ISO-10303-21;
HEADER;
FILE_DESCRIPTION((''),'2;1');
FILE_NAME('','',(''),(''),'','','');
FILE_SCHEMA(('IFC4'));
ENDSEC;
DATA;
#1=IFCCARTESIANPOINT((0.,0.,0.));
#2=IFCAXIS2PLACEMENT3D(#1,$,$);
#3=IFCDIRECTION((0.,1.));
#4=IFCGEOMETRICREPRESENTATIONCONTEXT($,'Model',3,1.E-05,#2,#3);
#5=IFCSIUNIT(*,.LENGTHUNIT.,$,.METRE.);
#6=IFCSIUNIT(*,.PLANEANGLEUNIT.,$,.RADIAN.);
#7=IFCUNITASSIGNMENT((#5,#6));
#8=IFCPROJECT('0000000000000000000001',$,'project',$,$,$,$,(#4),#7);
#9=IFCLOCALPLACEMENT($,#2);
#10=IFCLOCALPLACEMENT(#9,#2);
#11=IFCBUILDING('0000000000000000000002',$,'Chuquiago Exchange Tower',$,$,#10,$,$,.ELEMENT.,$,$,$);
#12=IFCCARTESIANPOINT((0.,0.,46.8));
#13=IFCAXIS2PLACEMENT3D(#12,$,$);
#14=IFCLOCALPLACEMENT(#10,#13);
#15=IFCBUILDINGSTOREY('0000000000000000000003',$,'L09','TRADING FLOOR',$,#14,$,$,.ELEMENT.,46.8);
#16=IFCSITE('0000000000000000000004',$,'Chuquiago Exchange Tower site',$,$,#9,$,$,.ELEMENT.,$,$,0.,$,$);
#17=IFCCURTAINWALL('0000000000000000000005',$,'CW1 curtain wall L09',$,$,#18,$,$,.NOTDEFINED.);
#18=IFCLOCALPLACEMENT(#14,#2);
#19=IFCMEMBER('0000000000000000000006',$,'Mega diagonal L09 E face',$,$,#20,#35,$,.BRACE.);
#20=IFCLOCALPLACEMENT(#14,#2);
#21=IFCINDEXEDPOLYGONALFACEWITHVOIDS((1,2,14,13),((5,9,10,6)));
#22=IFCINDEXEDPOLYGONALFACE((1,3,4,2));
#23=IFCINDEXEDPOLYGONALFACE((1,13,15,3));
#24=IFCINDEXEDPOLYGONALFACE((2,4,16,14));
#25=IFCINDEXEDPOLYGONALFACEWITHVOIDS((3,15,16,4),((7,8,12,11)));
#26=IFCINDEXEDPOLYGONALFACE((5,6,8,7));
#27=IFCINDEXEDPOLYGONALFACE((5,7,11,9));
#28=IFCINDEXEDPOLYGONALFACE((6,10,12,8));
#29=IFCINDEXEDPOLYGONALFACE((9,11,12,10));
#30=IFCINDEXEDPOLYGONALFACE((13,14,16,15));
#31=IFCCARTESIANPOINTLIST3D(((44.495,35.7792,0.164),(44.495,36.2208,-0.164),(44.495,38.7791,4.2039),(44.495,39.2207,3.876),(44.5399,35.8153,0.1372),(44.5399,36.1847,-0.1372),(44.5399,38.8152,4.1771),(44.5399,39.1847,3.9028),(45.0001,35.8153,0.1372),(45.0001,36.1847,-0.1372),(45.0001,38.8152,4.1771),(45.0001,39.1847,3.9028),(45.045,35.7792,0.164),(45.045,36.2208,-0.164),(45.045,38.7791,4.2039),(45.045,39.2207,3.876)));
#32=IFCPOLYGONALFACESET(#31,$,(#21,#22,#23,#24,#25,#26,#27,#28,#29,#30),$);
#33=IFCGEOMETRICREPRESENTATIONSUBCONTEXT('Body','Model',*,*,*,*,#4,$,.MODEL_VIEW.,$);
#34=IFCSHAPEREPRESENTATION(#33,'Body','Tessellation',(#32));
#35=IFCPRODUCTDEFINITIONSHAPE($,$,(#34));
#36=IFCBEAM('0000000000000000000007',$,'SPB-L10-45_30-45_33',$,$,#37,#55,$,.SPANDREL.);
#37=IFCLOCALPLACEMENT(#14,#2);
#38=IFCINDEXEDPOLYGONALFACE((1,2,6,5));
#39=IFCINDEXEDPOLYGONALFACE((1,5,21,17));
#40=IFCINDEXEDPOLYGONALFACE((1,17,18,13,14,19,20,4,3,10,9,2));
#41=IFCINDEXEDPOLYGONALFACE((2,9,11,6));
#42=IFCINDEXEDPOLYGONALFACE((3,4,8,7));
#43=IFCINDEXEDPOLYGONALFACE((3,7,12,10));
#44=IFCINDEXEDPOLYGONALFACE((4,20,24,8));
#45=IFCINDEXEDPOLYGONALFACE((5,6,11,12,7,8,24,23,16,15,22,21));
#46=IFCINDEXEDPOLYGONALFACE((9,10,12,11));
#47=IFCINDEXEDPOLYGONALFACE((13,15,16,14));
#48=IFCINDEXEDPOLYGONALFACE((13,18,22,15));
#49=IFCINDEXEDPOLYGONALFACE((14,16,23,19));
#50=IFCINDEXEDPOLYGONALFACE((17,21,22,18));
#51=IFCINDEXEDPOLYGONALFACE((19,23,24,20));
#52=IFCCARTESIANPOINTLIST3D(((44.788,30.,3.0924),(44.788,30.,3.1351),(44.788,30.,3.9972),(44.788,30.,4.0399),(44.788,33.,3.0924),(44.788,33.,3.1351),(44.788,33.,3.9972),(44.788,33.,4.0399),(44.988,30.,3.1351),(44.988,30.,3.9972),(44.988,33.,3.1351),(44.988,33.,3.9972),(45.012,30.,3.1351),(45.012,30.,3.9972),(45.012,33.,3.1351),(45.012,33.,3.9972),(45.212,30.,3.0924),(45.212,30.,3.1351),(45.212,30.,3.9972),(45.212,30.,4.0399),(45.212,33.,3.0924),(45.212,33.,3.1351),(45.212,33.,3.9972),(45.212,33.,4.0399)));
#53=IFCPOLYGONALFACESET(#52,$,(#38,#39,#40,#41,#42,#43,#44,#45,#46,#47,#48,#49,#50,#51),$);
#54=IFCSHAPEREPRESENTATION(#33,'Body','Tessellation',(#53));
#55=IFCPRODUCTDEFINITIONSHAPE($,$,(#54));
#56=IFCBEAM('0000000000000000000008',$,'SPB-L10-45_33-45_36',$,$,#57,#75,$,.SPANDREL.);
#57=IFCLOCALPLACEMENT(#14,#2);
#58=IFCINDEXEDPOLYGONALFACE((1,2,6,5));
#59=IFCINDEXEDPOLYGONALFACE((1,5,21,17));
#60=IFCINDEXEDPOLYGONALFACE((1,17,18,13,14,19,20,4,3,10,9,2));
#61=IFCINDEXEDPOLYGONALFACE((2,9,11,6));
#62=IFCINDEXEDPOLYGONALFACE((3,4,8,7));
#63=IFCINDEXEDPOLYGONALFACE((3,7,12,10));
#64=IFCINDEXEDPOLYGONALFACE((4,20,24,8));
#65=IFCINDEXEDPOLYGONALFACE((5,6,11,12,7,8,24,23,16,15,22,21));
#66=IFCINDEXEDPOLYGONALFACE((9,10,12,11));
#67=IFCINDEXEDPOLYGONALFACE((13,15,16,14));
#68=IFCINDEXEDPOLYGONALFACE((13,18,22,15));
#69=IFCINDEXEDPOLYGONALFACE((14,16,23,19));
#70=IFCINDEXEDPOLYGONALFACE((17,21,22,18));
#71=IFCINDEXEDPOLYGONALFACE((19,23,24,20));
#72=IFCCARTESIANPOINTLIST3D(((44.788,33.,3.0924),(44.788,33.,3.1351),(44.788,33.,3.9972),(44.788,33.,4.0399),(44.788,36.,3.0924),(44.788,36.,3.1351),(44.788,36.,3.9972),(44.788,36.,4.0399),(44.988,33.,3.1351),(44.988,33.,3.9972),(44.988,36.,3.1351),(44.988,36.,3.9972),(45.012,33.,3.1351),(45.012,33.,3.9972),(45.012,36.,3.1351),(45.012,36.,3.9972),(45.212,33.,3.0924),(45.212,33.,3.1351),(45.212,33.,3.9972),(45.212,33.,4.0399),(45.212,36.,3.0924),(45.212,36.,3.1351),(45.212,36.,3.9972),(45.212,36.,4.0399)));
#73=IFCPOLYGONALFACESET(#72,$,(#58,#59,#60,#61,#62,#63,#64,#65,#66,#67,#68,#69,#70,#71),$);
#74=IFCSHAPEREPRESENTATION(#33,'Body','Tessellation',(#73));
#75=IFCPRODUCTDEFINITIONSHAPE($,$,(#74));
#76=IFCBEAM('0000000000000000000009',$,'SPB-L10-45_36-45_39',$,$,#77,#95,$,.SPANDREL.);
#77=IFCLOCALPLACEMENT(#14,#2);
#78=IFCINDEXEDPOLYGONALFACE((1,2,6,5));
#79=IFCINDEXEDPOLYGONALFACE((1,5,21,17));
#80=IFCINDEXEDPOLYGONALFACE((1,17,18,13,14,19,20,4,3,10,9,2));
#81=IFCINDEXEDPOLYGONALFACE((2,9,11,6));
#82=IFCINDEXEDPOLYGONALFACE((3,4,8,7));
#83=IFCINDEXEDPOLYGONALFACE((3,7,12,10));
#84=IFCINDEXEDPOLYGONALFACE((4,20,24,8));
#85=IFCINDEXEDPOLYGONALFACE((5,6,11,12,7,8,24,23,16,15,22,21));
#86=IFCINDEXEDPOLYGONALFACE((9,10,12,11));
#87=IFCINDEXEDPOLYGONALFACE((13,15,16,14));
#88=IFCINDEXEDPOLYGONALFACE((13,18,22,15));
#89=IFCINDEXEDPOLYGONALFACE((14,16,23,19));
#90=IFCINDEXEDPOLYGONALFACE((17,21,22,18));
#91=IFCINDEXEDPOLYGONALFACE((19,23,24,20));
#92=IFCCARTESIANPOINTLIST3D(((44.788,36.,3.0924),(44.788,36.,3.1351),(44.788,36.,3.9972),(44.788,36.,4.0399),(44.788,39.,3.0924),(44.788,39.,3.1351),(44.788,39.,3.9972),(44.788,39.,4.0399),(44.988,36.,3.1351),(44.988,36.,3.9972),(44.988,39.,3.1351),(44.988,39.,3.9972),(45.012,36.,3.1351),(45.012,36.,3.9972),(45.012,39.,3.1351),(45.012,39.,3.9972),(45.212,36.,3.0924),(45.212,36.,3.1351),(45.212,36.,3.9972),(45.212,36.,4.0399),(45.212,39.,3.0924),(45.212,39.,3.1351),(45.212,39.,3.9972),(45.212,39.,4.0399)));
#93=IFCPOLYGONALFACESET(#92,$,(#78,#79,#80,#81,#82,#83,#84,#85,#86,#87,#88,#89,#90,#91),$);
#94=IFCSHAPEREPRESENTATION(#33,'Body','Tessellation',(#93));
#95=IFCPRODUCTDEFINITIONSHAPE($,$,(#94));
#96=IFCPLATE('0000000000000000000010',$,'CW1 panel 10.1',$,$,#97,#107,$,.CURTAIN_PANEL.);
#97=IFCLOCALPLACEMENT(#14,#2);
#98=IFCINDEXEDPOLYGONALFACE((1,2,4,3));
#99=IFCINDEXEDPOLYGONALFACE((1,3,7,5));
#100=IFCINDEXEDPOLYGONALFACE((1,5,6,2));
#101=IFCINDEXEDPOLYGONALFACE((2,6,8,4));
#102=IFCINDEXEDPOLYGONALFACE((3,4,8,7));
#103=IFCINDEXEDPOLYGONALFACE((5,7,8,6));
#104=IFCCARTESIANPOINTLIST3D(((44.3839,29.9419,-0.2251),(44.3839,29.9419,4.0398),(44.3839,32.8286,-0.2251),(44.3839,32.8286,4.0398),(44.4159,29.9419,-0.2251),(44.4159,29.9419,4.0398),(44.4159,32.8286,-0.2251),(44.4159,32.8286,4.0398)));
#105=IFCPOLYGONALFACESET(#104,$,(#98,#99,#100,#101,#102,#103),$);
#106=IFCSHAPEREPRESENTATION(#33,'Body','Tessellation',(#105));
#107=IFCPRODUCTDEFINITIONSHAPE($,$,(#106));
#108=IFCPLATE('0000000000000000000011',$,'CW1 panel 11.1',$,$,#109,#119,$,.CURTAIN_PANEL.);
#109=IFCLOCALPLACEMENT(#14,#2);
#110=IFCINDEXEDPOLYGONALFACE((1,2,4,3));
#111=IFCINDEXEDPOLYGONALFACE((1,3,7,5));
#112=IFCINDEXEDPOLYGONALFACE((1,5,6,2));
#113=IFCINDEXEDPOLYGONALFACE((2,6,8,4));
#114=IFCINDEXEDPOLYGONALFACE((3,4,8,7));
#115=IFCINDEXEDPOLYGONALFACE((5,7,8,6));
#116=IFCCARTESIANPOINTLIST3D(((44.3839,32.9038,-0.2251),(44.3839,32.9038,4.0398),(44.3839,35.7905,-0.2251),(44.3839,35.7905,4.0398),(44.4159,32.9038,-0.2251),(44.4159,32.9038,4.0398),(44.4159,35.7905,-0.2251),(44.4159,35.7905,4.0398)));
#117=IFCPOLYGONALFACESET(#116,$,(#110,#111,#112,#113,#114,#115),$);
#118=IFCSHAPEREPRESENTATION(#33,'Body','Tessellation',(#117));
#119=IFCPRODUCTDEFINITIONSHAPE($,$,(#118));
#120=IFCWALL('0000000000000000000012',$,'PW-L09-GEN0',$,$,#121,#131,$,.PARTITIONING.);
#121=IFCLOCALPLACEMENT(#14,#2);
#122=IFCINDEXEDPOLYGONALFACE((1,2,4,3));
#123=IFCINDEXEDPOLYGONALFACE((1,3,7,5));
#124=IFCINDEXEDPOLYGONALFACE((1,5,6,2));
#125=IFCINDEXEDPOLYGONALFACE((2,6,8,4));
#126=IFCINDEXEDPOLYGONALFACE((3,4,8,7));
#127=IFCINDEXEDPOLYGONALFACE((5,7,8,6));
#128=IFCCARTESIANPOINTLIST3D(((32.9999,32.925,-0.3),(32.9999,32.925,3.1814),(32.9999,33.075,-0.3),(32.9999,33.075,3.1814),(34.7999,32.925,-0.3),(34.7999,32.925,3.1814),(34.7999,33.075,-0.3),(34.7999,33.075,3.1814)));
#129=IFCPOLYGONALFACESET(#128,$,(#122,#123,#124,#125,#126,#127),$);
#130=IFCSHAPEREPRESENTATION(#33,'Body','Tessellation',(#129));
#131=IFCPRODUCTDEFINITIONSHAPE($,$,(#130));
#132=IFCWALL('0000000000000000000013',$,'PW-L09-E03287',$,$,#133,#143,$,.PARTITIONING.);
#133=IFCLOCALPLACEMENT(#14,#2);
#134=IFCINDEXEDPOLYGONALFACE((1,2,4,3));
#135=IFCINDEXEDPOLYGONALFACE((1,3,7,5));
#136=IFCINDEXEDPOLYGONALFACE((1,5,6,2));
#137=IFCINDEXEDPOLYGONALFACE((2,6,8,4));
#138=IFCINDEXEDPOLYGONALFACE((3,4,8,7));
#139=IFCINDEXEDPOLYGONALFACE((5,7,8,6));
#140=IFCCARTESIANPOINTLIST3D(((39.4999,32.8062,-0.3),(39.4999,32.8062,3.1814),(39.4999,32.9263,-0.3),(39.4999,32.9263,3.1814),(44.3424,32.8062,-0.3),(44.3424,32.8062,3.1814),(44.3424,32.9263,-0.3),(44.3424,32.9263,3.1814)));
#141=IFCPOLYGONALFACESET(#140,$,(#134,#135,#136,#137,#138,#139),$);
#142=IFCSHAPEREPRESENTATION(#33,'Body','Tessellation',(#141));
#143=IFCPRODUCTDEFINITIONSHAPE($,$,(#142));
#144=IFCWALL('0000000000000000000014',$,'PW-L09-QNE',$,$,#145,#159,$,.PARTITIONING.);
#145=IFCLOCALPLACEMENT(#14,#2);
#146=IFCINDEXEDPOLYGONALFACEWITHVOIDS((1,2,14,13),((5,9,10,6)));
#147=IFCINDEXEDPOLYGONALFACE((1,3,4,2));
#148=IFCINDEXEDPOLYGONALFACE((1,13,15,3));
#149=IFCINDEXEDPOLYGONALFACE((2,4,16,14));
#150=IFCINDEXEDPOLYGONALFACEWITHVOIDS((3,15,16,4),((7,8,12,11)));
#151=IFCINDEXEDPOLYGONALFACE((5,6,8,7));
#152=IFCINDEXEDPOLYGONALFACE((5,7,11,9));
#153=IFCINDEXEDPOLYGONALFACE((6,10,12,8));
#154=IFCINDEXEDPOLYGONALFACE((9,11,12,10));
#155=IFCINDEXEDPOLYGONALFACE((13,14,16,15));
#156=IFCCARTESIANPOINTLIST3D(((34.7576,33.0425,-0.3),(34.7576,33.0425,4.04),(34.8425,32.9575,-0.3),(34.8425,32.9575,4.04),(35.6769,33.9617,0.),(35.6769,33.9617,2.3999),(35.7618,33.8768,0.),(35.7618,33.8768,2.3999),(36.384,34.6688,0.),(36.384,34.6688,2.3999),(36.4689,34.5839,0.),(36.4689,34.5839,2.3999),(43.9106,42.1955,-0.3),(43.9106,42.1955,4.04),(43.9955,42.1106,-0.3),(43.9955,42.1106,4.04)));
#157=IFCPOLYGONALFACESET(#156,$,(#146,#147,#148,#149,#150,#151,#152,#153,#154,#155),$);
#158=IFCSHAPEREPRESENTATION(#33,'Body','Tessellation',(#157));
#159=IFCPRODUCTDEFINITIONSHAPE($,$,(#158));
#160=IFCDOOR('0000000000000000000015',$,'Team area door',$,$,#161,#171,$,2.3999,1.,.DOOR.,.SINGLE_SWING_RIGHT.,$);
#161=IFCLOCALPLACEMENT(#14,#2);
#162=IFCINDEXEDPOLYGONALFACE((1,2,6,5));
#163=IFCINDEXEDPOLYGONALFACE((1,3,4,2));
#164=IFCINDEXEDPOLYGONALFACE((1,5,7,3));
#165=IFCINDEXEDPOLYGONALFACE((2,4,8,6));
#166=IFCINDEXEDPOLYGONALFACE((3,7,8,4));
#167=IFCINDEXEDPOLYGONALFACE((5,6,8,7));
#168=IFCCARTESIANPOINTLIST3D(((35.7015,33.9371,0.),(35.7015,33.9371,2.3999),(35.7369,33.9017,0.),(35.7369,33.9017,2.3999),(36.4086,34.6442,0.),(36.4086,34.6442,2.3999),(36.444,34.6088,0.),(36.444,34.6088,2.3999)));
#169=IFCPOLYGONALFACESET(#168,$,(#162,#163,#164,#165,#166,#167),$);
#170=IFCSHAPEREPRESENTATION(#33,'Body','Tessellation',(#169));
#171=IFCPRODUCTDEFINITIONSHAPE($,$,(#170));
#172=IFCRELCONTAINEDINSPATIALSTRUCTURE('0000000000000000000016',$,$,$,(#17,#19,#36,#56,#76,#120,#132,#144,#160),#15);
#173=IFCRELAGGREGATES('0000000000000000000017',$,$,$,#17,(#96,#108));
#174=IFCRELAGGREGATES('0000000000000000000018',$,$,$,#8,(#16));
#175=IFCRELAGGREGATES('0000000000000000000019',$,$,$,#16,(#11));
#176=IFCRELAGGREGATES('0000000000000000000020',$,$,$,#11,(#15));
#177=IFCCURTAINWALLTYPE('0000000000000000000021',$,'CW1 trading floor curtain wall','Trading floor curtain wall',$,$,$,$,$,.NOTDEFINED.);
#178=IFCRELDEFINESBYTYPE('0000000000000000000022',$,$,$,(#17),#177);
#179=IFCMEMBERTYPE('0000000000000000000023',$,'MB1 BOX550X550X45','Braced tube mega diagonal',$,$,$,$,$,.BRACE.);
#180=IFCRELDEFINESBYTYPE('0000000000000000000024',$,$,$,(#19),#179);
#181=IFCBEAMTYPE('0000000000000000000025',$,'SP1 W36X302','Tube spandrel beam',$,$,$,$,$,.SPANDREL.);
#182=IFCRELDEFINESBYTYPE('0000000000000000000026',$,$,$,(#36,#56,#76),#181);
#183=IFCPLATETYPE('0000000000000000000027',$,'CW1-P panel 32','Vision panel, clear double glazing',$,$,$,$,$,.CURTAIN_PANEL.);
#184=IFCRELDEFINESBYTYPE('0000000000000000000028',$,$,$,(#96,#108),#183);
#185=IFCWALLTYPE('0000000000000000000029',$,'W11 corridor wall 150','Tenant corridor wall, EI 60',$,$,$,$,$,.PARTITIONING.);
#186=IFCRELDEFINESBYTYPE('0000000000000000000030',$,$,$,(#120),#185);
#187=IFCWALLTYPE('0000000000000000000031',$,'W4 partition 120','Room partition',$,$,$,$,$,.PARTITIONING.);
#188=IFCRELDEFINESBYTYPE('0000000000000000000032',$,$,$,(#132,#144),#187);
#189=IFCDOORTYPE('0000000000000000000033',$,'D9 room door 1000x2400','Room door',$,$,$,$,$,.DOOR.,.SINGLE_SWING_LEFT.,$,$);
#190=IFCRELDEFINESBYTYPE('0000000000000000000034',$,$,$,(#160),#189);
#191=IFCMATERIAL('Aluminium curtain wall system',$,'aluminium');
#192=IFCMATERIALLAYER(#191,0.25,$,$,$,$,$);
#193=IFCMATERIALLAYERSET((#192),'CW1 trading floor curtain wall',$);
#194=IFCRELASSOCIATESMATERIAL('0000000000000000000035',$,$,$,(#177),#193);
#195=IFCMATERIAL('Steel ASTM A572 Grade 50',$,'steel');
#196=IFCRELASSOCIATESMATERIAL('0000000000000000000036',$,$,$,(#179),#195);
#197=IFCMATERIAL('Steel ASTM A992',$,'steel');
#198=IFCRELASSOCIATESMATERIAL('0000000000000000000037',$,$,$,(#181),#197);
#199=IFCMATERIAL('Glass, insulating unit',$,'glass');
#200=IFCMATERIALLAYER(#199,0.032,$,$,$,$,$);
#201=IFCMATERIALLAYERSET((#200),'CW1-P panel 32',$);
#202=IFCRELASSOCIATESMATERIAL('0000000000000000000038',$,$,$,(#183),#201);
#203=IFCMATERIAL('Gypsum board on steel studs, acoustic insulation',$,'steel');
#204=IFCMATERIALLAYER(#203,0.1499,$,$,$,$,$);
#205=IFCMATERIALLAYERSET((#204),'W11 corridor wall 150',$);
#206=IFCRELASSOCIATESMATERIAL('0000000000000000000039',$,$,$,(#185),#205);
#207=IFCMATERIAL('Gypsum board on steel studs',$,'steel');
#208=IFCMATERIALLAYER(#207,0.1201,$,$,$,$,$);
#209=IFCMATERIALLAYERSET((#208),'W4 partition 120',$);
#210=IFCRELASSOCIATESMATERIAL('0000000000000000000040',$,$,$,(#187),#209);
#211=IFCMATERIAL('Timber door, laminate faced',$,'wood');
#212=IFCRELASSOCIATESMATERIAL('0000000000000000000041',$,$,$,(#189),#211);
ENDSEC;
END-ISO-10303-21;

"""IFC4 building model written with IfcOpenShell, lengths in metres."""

from ifc_helpers import new_model, si_unit, direction, frame, frame_2d, origin, origin_2d, place, context, subcontext, project, spatial, rectangle, hollow_rectangle, i_section, extrude, material, layer, layer_set, material_profile, profile_set, type_object, element, fill, aggregate, save


model = new_model("IFC4")

# Units and contexts
model_context = context("Model", 3, precision=1e-05, world=origin(), true_north=direction((0.0, 1.0)))
body_context = subcontext(model_context, "Body", "Model", "MODEL_VIEW")
ifc_project = project(units=[si_unit("LENGTHUNIT", "METRE"), si_unit("PLANEANGLEUNIT", "RADIAN")], contexts=[model_context])

# Site, building, storey
site_placement = place(None, origin())
site = spatial("IfcSite", under=ifc_project, at=site_placement, Name="Chuquiago Exchange Tower site", CompositionType="ELEMENT", RefElevation=0.0)
building_placement = place(site_placement, origin())
building = spatial("IfcBuilding", under=site, at=building_placement, Name="Chuquiago Exchange Tower", CompositionType="ELEMENT")
storey_placement = place(building_placement, frame((0.0, 0.0, 46.8)))
storey = spatial("IfcBuildingStorey", under=building, at=storey_placement, Name="L09", Description="TRADING FLOOR", CompositionType="ELEMENT", Elevation=46.8)

# Curtain wall
ifc_material_1 = material(Name="Aluminium curtain wall system", Category="aluminium")
ifc_layer_1 = layer(ifc_material_1, 0.25)
ifc_layer_set_1 = layer_set([ifc_layer_1], Name="CW1 trading floor curtain wall")
curtain_wall_type = type_object("IfcCurtainWallType", Name="CW1 trading floor curtain wall", Description="Trading floor curtain wall", PredefinedType="NOTDEFINED", material=ifc_layer_set_1)
curtain_wall_placement = place(storey_placement, origin())
curtain_wall = element("IfcCurtainWall", 1, at=curtain_wall_placement, inside=storey, type_object=curtain_wall_type, Name="CW1 curtain wall L09", PredefinedType="NOTDEFINED")

# Member
ifc_material_2 = material(Name="Steel ASTM A572 Grade 50", Category="steel")
ifc_material_profile_1 = material_profile(ifc_material_2, hollow_rectangle(XDim=0.55, YDim=0.55, WallThickness=0.0449, at=origin_2d()), Name="BOX550X550X45")
ifc_profile_set_1 = profile_set([ifc_material_profile_1], Name="Steel ASTM A572 Grade 50")
member_type_1 = type_object("IfcMemberType", Name="MB1 BOX550X550X45", Description="Braced tube mega diagonal", PredefinedType="BRACE", material=ifc_profile_set_1)
member_1_placement = place(storey_placement, frame((44.77, 36.0, 0.0), z_axis=(0.0, 0.596174, 0.802855), x_axis=(-1.0, 0.0, 0.0)))
element("IfcMember", 2, at=member_1_placement, inside=storey, type_object=member_type_1, Name="Mega diagonal L09 E face", PredefinedType="BRACE", context=body_context, shape_type="SweptSolid", body=[
    extrude(hollow_rectangle(XDim=0.55, YDim=0.55, WallThickness=0.0449, at=origin_2d()), origin(), (0.0, 0.0, 1.0), 5.032),
])

# Beams
ifc_material_3 = material(Name="Steel ASTM A992", Category="steel")
ifc_material_profile_2 = material_profile(ifc_material_3, i_section(OverallWidth=0.4241, OverallDepth=0.9475, WebThickness=0.0239, FlangeThickness=0.0427, at=origin_2d()), Name="W36X302")
ifc_profile_set_2 = profile_set([ifc_material_profile_2], Name="Steel ASTM A992")
beam_type_1 = type_object("IfcBeamType", Name="SP1 W36X302", Description="Tube spandrel beam", PredefinedType="SPANDREL", material=ifc_profile_set_2)
for number, where, z_axis, x_axis, name in (
    (3, (45.0, 30.0, 3.5662), (0.0, 1.0, 0.0), (-1.0, 0.0, 0.0), "SPB-L10-45_30-45_33"),
    (4, (45.0, 33.0, 3.5662), (0.0, 1.0, 0.0), (-1.0, 0.0, 0.0), "SPB-L10-45_33-45_36"),
    (5, (45.0, 36.0, 3.5662), (0.0, 1.0, 0.0), (-1.0, 0.0, 0.0), "SPB-L10-45_36-45_39"),
):
    element("IfcBeam", number, at=place(storey_placement, frame(where, z_axis=z_axis, x_axis=x_axis)), inside=storey, type_object=beam_type_1, Name=name, PredefinedType="SPANDREL", context=body_context, shape_type="SweptSolid", body=[
        extrude(i_section(OverallWidth=0.4241, OverallDepth=0.9475, WebThickness=0.0239, FlangeThickness=0.0427, at=origin_2d()), origin(), (0.0, 0.0, 1.0), 3.0),
    ])

# Plates
ifc_material_4 = material(Name="Glass, insulating unit", Category="glass")
ifc_layer_2 = layer(ifc_material_4, 0.032)
ifc_layer_set_2 = layer_set([ifc_layer_2], Name="CW1-P panel 32")
plate_type = type_object("IfcPlateType", Name="CW1-P panel 32", Description="Vision panel, clear double glazing", PredefinedType="CURTAIN_PANEL", material=ifc_layer_set_2)
plate_1_placement = place(storey_placement, frame((44.3999, 31.3853, -0.2251), z_axis=(0.0, 0.0, 1.0), x_axis=(0.0, 1.0, 0.0)))
plate_1 = element("IfcPlate", 6, at=plate_1_placement, type_object=plate_type, Name="CW1 panel 10.1", PredefinedType="CURTAIN_PANEL", context=body_context, shape_type="SweptSolid", body=[
    extrude(rectangle(XDim=2.8867, YDim=0.032, at=origin_2d()), origin(), (0.0, 0.0, 1.0), 4.2649),
])
plate_2_placement = place(storey_placement, frame((44.3999, 34.3472, -0.2251), z_axis=(0.0, 0.0, 1.0), x_axis=(0.0, 1.0, 0.0)))
plate_2 = element("IfcPlate", 7, at=plate_2_placement, type_object=plate_type, Name="CW1 panel 11.1", PredefinedType="CURTAIN_PANEL", context=body_context, shape_type="SweptSolid", body=[
    extrude(rectangle(XDim=2.8867, YDim=0.032, at=origin_2d()), origin(), (0.0, 0.0, 1.0), 4.2649),
])
aggregate(curtain_wall, [plate_1, plate_2])

# Walls
ifc_material_5 = material(Name="Gypsum board on steel studs, acoustic insulation", Category="steel")
ifc_layer_3 = layer(ifc_material_5, 0.1499)
ifc_layer_set_3 = layer_set([ifc_layer_3], Name="W11 corridor wall 150")
wall_type_1 = type_object("IfcWallType", Name="W11 corridor wall 150", Description="Tenant corridor wall, EI 60", PredefinedType="PARTITIONING", material=ifc_layer_set_3)
wall_1_placement = place(storey_placement, frame((33.0, 33.0, -0.3), z_axis=(0.0, 0.0, 1.0), x_axis=(1.0, 0.0, 0.0)))
element("IfcWall", 8, at=wall_1_placement, inside=storey, type_object=wall_type_1, Name="PW-L09-GEN0", PredefinedType="PARTITIONING", context=body_context, shape_type="SweptSolid", body=[
    extrude(rectangle(XDim=1.8, YDim=0.1499, at=frame_2d((0.8999, 0.0))), origin(), (0.0, 0.0, 1.0), 3.4814),
])
ifc_material_6 = material(Name="Gypsum board on steel studs", Category="steel")
ifc_layer_4 = layer(ifc_material_6, 0.1201)
ifc_layer_set_4 = layer_set([ifc_layer_4], Name="W4 partition 120")
wall_type_2 = type_object("IfcWallType", Name="W4 partition 120", Description="Room partition", PredefinedType="PARTITIONING", material=ifc_layer_set_4)
wall_2_placement = place(storey_placement, frame((44.3425, 32.8662, -0.3), z_axis=(0.0, 0.0, 1.0), x_axis=(-1.0, 0.0, 0.0)))
element("IfcWall", 9, at=wall_2_placement, inside=storey, type_object=wall_type_2, Name="PW-L09-E03287", PredefinedType="PARTITIONING", context=body_context, shape_type="SweptSolid", body=[
    extrude(rectangle(XDim=4.8425, YDim=0.1201, at=frame_2d((2.4214, 0.0))), origin(), (0.0, 0.0, 1.0), 3.4814),
])

# Wall, opening, door
wall_3_placement = place(storey_placement, frame((34.8, 33.0, -0.3), z_axis=(0.0, 0.0, 1.0), x_axis=(0.707107, 0.707107, 0.0)))
wall_3 = element("IfcWall", 10, at=wall_3_placement, inside=storey, type_object=wall_type_2, Name="PW-L09-QNE", PredefinedType="PARTITIONING", context=body_context, shape_type="SweptSolid", body=[
    extrude(rectangle(XDim=12.9443, YDim=0.1201, at=frame_2d((6.4722, 0.0))), origin(), (0.0, 0.0, 1.0), 4.3401),
])
opening_placement = place(wall_3_placement, frame((1.3, 0.0, 0.3)))
opening = element("IfcOpeningElement", 11, at=opening_placement, cuts=wall_3, PredefinedType="OPENING", context=body_context, shape_type="SweptSolid", body=[
    extrude(rectangle(XDim=1.0, YDim=2.3999, at=frame_2d((0.5, 1.2))), frame((0.0, 0.0701, 0.0), z_axis=(0.0, -1.0, 0.0), x_axis=(1.0, 0.0, 0.0)), (0.0, 0.0, 1.0), 0.1401),
])
ifc_material_7 = material(Name="Timber door, laminate faced", Category="wood")
door_type = type_object("IfcDoorType", Name="D9 room door 1000x2400", Description="Room door", OperationType="SINGLE_SWING_LEFT", PredefinedType="DOOR", material=ifc_material_7)
door_placement = place(opening_placement, frame((1.0, 0.0, 0.0), z_axis=(0.0, 0.0, 1.0), x_axis=(-1.0, 0.0, 0.0)))
door = element("IfcDoor", 12, at=door_placement, inside=storey, type_object=door_type, Name="Team area door", OperationType="SINGLE_SWING_RIGHT", OverallHeight=2.3999, OverallWidth=1.0, PredefinedType="DOOR", context=body_context, shape_type="SweptSolid", body=[
    extrude(rectangle(XDim=1.0, YDim=2.3999, at=frame_2d((0.5, 1.2))), frame((0.0, 0.0249, 0.0), z_axis=(0.0, -1.0, 0.0), x_axis=(1.0, 0.0, 0.0)), (0.0, 0.0, 1.0), 0.05),
])
fill(opening, door)

save(model, "model.ifc")
